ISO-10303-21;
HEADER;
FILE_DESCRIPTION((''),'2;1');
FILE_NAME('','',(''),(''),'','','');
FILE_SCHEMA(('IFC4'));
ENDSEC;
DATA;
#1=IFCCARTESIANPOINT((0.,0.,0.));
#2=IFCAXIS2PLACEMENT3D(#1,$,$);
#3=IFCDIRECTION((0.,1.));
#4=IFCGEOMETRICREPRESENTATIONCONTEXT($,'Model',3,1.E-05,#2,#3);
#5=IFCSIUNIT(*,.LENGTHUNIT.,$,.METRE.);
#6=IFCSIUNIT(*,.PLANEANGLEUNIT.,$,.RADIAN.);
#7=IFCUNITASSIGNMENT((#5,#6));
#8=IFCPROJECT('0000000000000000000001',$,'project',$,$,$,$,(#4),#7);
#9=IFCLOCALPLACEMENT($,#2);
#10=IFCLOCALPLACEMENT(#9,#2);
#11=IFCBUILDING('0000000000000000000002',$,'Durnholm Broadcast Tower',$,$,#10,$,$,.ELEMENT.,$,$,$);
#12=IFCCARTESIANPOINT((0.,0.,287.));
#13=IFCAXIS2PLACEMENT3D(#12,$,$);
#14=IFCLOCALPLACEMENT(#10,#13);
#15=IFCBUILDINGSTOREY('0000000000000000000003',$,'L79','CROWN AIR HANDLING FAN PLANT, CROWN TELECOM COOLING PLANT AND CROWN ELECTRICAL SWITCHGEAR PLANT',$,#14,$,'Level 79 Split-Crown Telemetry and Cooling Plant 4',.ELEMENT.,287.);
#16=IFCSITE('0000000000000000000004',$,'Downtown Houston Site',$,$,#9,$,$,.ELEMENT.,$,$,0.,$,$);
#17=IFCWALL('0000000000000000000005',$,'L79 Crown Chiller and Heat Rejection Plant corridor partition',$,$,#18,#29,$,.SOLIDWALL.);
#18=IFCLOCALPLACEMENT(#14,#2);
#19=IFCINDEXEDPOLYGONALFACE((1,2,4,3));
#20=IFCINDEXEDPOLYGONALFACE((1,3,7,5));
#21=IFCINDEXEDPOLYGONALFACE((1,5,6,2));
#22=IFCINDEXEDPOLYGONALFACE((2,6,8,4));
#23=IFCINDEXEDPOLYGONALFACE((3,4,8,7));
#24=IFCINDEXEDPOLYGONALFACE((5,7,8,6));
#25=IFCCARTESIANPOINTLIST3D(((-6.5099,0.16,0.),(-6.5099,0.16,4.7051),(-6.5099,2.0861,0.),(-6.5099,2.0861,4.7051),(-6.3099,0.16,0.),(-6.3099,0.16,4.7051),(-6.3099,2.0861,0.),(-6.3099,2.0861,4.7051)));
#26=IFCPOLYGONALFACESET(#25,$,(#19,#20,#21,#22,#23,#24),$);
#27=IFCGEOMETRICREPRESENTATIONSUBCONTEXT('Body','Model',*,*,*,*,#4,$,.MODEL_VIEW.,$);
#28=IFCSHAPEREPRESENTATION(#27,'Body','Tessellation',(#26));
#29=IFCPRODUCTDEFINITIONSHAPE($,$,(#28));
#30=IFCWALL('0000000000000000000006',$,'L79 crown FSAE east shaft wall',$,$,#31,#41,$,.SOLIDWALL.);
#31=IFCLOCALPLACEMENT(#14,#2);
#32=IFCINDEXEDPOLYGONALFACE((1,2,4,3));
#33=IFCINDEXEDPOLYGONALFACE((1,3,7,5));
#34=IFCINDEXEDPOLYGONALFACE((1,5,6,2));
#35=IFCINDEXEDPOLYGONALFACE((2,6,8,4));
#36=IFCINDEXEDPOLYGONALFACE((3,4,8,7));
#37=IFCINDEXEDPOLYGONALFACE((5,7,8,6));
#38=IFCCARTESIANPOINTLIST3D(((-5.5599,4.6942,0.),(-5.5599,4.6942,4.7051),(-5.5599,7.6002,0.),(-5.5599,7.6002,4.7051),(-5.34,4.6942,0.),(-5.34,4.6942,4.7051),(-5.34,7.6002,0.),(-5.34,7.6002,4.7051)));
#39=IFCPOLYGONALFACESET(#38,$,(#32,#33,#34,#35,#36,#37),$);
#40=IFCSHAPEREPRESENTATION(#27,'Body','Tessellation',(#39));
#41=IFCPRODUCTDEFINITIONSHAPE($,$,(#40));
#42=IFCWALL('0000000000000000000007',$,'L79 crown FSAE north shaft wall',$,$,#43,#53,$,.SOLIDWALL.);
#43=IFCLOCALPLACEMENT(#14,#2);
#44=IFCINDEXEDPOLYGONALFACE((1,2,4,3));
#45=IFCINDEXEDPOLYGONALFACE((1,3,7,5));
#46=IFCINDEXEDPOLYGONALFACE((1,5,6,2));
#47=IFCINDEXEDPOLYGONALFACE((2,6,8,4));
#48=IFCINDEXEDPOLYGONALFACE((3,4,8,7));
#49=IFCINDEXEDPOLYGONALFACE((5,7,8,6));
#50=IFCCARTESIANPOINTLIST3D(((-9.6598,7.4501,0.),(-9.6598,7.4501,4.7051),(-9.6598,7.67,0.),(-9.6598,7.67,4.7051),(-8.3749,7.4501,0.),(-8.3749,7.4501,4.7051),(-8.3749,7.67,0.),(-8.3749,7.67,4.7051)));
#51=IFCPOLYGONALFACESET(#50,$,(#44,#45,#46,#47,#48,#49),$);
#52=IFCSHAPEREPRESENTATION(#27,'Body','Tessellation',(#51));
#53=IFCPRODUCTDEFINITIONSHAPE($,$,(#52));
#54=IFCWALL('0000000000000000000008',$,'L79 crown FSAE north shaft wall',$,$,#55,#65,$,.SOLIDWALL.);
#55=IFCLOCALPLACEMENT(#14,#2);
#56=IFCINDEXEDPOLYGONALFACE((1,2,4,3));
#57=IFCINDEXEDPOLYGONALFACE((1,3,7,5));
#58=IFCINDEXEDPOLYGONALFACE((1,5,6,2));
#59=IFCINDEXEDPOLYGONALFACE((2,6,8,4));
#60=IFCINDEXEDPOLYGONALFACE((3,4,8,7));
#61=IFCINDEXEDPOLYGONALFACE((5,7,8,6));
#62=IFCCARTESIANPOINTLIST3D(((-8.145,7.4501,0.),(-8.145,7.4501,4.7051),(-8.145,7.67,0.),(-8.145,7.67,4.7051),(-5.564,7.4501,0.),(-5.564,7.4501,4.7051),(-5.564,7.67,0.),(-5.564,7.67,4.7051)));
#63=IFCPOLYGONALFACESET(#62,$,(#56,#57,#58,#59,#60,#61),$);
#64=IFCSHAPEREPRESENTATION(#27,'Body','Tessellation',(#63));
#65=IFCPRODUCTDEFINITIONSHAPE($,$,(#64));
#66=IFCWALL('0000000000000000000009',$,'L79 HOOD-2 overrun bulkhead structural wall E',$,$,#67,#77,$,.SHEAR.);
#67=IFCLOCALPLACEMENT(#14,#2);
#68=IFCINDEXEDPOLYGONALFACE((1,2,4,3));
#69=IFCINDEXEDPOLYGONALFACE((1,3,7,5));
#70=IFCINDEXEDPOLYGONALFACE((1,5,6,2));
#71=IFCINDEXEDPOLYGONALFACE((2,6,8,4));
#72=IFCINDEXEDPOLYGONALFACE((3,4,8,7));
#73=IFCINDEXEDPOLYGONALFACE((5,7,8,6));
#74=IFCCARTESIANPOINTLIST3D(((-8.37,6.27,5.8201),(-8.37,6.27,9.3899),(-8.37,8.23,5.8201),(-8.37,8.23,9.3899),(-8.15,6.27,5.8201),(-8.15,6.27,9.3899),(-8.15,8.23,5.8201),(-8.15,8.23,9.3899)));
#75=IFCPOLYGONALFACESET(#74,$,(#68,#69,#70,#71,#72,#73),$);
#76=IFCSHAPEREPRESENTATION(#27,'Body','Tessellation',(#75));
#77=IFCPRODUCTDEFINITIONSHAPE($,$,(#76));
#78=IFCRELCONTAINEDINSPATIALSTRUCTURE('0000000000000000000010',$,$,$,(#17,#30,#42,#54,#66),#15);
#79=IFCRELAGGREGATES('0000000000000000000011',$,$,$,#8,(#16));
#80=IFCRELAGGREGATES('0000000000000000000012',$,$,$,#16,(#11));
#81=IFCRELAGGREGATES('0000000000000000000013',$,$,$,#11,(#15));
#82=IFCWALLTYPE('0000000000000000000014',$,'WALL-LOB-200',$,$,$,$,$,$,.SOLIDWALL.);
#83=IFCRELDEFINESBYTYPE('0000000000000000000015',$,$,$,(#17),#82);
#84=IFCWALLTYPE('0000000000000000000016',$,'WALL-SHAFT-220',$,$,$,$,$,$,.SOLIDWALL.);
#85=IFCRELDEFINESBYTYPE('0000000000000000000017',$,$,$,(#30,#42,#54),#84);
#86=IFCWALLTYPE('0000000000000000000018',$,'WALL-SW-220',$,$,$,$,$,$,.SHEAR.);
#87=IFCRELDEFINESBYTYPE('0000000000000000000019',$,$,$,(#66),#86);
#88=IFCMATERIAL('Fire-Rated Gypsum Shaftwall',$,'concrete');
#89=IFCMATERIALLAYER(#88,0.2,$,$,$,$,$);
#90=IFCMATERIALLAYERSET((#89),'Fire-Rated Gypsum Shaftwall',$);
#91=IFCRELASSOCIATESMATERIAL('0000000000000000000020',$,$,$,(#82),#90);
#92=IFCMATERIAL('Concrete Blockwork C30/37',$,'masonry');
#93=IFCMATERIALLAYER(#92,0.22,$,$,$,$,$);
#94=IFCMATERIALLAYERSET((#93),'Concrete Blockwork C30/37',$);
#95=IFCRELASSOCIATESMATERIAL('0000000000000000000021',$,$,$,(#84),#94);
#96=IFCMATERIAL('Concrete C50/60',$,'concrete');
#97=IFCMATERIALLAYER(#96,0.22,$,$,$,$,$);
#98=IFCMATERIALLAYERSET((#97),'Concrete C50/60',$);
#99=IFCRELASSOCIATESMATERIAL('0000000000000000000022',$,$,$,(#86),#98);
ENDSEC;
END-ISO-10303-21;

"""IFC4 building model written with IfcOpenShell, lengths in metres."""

from ifc_helpers import new_model, si_unit, direction, frame, frame_2d, origin, place, context, subcontext, project, spatial, rectangle, extrude, material, layer, layer_set, type_object, element, save


model = new_model("IFC4")

# Units and contexts
model_context = context("Model", 3, precision=1e-05, world=origin(), true_north=direction((0.0, 1.0)))
body_context = subcontext(model_context, "Body", "Model", "MODEL_VIEW")
ifc_project = project(units=[si_unit("LENGTHUNIT", "METRE"), si_unit("PLANEANGLEUNIT", "RADIAN")], contexts=[model_context])

# Site, building, storey
site_placement = place(None, origin())
site = spatial("IfcSite", under=ifc_project, at=site_placement, Name="Downtown Houston Site", CompositionType="ELEMENT", RefElevation=0.0)
building_placement = place(site_placement, origin())
building = spatial("IfcBuilding", under=site, at=building_placement, Name="Durnholm Broadcast Tower", CompositionType="ELEMENT")
storey_placement = place(building_placement, frame((0.0, 0.0, 287.0)))
storey = spatial("IfcBuildingStorey", under=building, at=storey_placement, Name="L79", Description="CROWN AIR HANDLING FAN PLANT, CROWN TELECOM COOLING PLANT AND CROWN ELECTRICAL SWITCHGEAR PLANT", LongName="Level 79 Split-Crown Telemetry and Cooling Plant 4", CompositionType="ELEMENT", Elevation=287.0)

# Walls
ifc_material_1 = material(Name="Fire-Rated Gypsum Shaftwall", Category="concrete")
ifc_layer_1 = layer(ifc_material_1, 0.2)
ifc_layer_set_1 = layer_set([ifc_layer_1], Name="Fire-Rated Gypsum Shaftwall")
wall_type_1 = type_object("IfcWallType", Name="WALL-LOB-200", PredefinedType="SOLIDWALL", material=ifc_layer_set_1)
wall_1_placement = place(storey_placement, frame((-6.4099, 2.0859, 0.0), z_axis=(0.0, 0.0, 1.0), x_axis=(0.0, -1.0, 0.0)))
element("IfcWall", 1, at=wall_1_placement, inside=storey, type_object=wall_type_1, Name="L79 Crown Chiller and Heat Rejection Plant corridor partition", PredefinedType="SOLIDWALL", context=body_context, shape_type="SweptSolid", body=[
    extrude(rectangle(XDim=1.926, YDim=0.2, at=frame_2d((0.9629, 0.0))), origin(), (0.0, 0.0, 1.0), 4.7051),
])
ifc_material_2 = material(Name="Concrete Blockwork C30/37", Category="masonry")
ifc_layer_2 = layer(ifc_material_2, 0.22)
ifc_layer_set_2 = layer_set([ifc_layer_2], Name="Concrete Blockwork C30/37")
wall_type_2 = type_object("IfcWallType", Name="WALL-SHAFT-220", PredefinedType="SOLIDWALL", material=ifc_layer_set_2)
wall_2_placement = place(storey_placement, frame((-5.45, 4.6941, 0.0), z_axis=(0.0, 0.0, 1.0), x_axis=(0.0, 1.0, 0.0)))
element("IfcWall", 2, at=wall_2_placement, inside=storey, type_object=wall_type_2, Name="L79 crown FSAE east shaft wall", PredefinedType="SOLIDWALL", context=body_context, shape_type="SweptSolid", body=[
    extrude(rectangle(XDim=2.906, YDim=0.22, at=frame_2d((1.4531, 0.0))), origin(), (0.0, 0.0, 1.0), 4.7051),
])
wall_3_placement = place(storey_placement, frame((-9.6599, 7.5601, 0.0), z_axis=(0.0, 0.0, 1.0), x_axis=(1.0, 0.0, 0.0)))
element("IfcWall", 3, at=wall_3_placement, inside=storey, type_object=wall_type_2, Name="L79 crown FSAE north shaft wall", PredefinedType="SOLIDWALL", context=body_context, shape_type="SweptSolid", body=[
    extrude(rectangle(XDim=1.2849, YDim=0.22, at=frame_2d((0.6426, 0.0))), origin(), (0.0, 0.0, 1.0), 4.7051),
])
wall_4_placement = place(storey_placement, frame((-8.145, 7.5601, 0.0), z_axis=(0.0, 0.0, 1.0), x_axis=(1.0, 0.0, 0.0)))
element("IfcWall", 4, at=wall_4_placement, inside=storey, type_object=wall_type_2, Name="L79 crown FSAE north shaft wall", PredefinedType="SOLIDWALL", context=body_context, shape_type="SweptSolid", body=[
    extrude(rectangle(XDim=2.5811, YDim=0.22, at=frame_2d((1.2905, 0.0))), origin(), (0.0, 0.0, 1.0), 4.7051),
])
ifc_material_3 = material(Name="Concrete C50/60", Category="concrete")
ifc_layer_3 = layer(ifc_material_3, 0.22)
ifc_layer_set_3 = layer_set([ifc_layer_3], Name="Concrete C50/60")
wall_type_3 = type_object("IfcWallType", Name="WALL-SW-220", PredefinedType="SHEAR", material=ifc_layer_set_3)
wall_5_placement = place(storey_placement, frame((-8.26, 6.27, 5.8201), z_axis=(0.0, 0.0, 1.0), x_axis=(0.0, 1.0, 0.0)))
element("IfcWall", 5, at=wall_5_placement, inside=storey, type_object=wall_type_3, Name="L79 HOOD-2 overrun bulkhead structural wall E", PredefinedType="SHEAR", context=body_context, shape_type="SweptSolid", body=[
    extrude(rectangle(XDim=1.96, YDim=0.22, at=frame_2d((0.98, 0.0))), origin(), (0.0, 0.0, 1.0), 3.5698),
])

save(model, "model.ifc")
